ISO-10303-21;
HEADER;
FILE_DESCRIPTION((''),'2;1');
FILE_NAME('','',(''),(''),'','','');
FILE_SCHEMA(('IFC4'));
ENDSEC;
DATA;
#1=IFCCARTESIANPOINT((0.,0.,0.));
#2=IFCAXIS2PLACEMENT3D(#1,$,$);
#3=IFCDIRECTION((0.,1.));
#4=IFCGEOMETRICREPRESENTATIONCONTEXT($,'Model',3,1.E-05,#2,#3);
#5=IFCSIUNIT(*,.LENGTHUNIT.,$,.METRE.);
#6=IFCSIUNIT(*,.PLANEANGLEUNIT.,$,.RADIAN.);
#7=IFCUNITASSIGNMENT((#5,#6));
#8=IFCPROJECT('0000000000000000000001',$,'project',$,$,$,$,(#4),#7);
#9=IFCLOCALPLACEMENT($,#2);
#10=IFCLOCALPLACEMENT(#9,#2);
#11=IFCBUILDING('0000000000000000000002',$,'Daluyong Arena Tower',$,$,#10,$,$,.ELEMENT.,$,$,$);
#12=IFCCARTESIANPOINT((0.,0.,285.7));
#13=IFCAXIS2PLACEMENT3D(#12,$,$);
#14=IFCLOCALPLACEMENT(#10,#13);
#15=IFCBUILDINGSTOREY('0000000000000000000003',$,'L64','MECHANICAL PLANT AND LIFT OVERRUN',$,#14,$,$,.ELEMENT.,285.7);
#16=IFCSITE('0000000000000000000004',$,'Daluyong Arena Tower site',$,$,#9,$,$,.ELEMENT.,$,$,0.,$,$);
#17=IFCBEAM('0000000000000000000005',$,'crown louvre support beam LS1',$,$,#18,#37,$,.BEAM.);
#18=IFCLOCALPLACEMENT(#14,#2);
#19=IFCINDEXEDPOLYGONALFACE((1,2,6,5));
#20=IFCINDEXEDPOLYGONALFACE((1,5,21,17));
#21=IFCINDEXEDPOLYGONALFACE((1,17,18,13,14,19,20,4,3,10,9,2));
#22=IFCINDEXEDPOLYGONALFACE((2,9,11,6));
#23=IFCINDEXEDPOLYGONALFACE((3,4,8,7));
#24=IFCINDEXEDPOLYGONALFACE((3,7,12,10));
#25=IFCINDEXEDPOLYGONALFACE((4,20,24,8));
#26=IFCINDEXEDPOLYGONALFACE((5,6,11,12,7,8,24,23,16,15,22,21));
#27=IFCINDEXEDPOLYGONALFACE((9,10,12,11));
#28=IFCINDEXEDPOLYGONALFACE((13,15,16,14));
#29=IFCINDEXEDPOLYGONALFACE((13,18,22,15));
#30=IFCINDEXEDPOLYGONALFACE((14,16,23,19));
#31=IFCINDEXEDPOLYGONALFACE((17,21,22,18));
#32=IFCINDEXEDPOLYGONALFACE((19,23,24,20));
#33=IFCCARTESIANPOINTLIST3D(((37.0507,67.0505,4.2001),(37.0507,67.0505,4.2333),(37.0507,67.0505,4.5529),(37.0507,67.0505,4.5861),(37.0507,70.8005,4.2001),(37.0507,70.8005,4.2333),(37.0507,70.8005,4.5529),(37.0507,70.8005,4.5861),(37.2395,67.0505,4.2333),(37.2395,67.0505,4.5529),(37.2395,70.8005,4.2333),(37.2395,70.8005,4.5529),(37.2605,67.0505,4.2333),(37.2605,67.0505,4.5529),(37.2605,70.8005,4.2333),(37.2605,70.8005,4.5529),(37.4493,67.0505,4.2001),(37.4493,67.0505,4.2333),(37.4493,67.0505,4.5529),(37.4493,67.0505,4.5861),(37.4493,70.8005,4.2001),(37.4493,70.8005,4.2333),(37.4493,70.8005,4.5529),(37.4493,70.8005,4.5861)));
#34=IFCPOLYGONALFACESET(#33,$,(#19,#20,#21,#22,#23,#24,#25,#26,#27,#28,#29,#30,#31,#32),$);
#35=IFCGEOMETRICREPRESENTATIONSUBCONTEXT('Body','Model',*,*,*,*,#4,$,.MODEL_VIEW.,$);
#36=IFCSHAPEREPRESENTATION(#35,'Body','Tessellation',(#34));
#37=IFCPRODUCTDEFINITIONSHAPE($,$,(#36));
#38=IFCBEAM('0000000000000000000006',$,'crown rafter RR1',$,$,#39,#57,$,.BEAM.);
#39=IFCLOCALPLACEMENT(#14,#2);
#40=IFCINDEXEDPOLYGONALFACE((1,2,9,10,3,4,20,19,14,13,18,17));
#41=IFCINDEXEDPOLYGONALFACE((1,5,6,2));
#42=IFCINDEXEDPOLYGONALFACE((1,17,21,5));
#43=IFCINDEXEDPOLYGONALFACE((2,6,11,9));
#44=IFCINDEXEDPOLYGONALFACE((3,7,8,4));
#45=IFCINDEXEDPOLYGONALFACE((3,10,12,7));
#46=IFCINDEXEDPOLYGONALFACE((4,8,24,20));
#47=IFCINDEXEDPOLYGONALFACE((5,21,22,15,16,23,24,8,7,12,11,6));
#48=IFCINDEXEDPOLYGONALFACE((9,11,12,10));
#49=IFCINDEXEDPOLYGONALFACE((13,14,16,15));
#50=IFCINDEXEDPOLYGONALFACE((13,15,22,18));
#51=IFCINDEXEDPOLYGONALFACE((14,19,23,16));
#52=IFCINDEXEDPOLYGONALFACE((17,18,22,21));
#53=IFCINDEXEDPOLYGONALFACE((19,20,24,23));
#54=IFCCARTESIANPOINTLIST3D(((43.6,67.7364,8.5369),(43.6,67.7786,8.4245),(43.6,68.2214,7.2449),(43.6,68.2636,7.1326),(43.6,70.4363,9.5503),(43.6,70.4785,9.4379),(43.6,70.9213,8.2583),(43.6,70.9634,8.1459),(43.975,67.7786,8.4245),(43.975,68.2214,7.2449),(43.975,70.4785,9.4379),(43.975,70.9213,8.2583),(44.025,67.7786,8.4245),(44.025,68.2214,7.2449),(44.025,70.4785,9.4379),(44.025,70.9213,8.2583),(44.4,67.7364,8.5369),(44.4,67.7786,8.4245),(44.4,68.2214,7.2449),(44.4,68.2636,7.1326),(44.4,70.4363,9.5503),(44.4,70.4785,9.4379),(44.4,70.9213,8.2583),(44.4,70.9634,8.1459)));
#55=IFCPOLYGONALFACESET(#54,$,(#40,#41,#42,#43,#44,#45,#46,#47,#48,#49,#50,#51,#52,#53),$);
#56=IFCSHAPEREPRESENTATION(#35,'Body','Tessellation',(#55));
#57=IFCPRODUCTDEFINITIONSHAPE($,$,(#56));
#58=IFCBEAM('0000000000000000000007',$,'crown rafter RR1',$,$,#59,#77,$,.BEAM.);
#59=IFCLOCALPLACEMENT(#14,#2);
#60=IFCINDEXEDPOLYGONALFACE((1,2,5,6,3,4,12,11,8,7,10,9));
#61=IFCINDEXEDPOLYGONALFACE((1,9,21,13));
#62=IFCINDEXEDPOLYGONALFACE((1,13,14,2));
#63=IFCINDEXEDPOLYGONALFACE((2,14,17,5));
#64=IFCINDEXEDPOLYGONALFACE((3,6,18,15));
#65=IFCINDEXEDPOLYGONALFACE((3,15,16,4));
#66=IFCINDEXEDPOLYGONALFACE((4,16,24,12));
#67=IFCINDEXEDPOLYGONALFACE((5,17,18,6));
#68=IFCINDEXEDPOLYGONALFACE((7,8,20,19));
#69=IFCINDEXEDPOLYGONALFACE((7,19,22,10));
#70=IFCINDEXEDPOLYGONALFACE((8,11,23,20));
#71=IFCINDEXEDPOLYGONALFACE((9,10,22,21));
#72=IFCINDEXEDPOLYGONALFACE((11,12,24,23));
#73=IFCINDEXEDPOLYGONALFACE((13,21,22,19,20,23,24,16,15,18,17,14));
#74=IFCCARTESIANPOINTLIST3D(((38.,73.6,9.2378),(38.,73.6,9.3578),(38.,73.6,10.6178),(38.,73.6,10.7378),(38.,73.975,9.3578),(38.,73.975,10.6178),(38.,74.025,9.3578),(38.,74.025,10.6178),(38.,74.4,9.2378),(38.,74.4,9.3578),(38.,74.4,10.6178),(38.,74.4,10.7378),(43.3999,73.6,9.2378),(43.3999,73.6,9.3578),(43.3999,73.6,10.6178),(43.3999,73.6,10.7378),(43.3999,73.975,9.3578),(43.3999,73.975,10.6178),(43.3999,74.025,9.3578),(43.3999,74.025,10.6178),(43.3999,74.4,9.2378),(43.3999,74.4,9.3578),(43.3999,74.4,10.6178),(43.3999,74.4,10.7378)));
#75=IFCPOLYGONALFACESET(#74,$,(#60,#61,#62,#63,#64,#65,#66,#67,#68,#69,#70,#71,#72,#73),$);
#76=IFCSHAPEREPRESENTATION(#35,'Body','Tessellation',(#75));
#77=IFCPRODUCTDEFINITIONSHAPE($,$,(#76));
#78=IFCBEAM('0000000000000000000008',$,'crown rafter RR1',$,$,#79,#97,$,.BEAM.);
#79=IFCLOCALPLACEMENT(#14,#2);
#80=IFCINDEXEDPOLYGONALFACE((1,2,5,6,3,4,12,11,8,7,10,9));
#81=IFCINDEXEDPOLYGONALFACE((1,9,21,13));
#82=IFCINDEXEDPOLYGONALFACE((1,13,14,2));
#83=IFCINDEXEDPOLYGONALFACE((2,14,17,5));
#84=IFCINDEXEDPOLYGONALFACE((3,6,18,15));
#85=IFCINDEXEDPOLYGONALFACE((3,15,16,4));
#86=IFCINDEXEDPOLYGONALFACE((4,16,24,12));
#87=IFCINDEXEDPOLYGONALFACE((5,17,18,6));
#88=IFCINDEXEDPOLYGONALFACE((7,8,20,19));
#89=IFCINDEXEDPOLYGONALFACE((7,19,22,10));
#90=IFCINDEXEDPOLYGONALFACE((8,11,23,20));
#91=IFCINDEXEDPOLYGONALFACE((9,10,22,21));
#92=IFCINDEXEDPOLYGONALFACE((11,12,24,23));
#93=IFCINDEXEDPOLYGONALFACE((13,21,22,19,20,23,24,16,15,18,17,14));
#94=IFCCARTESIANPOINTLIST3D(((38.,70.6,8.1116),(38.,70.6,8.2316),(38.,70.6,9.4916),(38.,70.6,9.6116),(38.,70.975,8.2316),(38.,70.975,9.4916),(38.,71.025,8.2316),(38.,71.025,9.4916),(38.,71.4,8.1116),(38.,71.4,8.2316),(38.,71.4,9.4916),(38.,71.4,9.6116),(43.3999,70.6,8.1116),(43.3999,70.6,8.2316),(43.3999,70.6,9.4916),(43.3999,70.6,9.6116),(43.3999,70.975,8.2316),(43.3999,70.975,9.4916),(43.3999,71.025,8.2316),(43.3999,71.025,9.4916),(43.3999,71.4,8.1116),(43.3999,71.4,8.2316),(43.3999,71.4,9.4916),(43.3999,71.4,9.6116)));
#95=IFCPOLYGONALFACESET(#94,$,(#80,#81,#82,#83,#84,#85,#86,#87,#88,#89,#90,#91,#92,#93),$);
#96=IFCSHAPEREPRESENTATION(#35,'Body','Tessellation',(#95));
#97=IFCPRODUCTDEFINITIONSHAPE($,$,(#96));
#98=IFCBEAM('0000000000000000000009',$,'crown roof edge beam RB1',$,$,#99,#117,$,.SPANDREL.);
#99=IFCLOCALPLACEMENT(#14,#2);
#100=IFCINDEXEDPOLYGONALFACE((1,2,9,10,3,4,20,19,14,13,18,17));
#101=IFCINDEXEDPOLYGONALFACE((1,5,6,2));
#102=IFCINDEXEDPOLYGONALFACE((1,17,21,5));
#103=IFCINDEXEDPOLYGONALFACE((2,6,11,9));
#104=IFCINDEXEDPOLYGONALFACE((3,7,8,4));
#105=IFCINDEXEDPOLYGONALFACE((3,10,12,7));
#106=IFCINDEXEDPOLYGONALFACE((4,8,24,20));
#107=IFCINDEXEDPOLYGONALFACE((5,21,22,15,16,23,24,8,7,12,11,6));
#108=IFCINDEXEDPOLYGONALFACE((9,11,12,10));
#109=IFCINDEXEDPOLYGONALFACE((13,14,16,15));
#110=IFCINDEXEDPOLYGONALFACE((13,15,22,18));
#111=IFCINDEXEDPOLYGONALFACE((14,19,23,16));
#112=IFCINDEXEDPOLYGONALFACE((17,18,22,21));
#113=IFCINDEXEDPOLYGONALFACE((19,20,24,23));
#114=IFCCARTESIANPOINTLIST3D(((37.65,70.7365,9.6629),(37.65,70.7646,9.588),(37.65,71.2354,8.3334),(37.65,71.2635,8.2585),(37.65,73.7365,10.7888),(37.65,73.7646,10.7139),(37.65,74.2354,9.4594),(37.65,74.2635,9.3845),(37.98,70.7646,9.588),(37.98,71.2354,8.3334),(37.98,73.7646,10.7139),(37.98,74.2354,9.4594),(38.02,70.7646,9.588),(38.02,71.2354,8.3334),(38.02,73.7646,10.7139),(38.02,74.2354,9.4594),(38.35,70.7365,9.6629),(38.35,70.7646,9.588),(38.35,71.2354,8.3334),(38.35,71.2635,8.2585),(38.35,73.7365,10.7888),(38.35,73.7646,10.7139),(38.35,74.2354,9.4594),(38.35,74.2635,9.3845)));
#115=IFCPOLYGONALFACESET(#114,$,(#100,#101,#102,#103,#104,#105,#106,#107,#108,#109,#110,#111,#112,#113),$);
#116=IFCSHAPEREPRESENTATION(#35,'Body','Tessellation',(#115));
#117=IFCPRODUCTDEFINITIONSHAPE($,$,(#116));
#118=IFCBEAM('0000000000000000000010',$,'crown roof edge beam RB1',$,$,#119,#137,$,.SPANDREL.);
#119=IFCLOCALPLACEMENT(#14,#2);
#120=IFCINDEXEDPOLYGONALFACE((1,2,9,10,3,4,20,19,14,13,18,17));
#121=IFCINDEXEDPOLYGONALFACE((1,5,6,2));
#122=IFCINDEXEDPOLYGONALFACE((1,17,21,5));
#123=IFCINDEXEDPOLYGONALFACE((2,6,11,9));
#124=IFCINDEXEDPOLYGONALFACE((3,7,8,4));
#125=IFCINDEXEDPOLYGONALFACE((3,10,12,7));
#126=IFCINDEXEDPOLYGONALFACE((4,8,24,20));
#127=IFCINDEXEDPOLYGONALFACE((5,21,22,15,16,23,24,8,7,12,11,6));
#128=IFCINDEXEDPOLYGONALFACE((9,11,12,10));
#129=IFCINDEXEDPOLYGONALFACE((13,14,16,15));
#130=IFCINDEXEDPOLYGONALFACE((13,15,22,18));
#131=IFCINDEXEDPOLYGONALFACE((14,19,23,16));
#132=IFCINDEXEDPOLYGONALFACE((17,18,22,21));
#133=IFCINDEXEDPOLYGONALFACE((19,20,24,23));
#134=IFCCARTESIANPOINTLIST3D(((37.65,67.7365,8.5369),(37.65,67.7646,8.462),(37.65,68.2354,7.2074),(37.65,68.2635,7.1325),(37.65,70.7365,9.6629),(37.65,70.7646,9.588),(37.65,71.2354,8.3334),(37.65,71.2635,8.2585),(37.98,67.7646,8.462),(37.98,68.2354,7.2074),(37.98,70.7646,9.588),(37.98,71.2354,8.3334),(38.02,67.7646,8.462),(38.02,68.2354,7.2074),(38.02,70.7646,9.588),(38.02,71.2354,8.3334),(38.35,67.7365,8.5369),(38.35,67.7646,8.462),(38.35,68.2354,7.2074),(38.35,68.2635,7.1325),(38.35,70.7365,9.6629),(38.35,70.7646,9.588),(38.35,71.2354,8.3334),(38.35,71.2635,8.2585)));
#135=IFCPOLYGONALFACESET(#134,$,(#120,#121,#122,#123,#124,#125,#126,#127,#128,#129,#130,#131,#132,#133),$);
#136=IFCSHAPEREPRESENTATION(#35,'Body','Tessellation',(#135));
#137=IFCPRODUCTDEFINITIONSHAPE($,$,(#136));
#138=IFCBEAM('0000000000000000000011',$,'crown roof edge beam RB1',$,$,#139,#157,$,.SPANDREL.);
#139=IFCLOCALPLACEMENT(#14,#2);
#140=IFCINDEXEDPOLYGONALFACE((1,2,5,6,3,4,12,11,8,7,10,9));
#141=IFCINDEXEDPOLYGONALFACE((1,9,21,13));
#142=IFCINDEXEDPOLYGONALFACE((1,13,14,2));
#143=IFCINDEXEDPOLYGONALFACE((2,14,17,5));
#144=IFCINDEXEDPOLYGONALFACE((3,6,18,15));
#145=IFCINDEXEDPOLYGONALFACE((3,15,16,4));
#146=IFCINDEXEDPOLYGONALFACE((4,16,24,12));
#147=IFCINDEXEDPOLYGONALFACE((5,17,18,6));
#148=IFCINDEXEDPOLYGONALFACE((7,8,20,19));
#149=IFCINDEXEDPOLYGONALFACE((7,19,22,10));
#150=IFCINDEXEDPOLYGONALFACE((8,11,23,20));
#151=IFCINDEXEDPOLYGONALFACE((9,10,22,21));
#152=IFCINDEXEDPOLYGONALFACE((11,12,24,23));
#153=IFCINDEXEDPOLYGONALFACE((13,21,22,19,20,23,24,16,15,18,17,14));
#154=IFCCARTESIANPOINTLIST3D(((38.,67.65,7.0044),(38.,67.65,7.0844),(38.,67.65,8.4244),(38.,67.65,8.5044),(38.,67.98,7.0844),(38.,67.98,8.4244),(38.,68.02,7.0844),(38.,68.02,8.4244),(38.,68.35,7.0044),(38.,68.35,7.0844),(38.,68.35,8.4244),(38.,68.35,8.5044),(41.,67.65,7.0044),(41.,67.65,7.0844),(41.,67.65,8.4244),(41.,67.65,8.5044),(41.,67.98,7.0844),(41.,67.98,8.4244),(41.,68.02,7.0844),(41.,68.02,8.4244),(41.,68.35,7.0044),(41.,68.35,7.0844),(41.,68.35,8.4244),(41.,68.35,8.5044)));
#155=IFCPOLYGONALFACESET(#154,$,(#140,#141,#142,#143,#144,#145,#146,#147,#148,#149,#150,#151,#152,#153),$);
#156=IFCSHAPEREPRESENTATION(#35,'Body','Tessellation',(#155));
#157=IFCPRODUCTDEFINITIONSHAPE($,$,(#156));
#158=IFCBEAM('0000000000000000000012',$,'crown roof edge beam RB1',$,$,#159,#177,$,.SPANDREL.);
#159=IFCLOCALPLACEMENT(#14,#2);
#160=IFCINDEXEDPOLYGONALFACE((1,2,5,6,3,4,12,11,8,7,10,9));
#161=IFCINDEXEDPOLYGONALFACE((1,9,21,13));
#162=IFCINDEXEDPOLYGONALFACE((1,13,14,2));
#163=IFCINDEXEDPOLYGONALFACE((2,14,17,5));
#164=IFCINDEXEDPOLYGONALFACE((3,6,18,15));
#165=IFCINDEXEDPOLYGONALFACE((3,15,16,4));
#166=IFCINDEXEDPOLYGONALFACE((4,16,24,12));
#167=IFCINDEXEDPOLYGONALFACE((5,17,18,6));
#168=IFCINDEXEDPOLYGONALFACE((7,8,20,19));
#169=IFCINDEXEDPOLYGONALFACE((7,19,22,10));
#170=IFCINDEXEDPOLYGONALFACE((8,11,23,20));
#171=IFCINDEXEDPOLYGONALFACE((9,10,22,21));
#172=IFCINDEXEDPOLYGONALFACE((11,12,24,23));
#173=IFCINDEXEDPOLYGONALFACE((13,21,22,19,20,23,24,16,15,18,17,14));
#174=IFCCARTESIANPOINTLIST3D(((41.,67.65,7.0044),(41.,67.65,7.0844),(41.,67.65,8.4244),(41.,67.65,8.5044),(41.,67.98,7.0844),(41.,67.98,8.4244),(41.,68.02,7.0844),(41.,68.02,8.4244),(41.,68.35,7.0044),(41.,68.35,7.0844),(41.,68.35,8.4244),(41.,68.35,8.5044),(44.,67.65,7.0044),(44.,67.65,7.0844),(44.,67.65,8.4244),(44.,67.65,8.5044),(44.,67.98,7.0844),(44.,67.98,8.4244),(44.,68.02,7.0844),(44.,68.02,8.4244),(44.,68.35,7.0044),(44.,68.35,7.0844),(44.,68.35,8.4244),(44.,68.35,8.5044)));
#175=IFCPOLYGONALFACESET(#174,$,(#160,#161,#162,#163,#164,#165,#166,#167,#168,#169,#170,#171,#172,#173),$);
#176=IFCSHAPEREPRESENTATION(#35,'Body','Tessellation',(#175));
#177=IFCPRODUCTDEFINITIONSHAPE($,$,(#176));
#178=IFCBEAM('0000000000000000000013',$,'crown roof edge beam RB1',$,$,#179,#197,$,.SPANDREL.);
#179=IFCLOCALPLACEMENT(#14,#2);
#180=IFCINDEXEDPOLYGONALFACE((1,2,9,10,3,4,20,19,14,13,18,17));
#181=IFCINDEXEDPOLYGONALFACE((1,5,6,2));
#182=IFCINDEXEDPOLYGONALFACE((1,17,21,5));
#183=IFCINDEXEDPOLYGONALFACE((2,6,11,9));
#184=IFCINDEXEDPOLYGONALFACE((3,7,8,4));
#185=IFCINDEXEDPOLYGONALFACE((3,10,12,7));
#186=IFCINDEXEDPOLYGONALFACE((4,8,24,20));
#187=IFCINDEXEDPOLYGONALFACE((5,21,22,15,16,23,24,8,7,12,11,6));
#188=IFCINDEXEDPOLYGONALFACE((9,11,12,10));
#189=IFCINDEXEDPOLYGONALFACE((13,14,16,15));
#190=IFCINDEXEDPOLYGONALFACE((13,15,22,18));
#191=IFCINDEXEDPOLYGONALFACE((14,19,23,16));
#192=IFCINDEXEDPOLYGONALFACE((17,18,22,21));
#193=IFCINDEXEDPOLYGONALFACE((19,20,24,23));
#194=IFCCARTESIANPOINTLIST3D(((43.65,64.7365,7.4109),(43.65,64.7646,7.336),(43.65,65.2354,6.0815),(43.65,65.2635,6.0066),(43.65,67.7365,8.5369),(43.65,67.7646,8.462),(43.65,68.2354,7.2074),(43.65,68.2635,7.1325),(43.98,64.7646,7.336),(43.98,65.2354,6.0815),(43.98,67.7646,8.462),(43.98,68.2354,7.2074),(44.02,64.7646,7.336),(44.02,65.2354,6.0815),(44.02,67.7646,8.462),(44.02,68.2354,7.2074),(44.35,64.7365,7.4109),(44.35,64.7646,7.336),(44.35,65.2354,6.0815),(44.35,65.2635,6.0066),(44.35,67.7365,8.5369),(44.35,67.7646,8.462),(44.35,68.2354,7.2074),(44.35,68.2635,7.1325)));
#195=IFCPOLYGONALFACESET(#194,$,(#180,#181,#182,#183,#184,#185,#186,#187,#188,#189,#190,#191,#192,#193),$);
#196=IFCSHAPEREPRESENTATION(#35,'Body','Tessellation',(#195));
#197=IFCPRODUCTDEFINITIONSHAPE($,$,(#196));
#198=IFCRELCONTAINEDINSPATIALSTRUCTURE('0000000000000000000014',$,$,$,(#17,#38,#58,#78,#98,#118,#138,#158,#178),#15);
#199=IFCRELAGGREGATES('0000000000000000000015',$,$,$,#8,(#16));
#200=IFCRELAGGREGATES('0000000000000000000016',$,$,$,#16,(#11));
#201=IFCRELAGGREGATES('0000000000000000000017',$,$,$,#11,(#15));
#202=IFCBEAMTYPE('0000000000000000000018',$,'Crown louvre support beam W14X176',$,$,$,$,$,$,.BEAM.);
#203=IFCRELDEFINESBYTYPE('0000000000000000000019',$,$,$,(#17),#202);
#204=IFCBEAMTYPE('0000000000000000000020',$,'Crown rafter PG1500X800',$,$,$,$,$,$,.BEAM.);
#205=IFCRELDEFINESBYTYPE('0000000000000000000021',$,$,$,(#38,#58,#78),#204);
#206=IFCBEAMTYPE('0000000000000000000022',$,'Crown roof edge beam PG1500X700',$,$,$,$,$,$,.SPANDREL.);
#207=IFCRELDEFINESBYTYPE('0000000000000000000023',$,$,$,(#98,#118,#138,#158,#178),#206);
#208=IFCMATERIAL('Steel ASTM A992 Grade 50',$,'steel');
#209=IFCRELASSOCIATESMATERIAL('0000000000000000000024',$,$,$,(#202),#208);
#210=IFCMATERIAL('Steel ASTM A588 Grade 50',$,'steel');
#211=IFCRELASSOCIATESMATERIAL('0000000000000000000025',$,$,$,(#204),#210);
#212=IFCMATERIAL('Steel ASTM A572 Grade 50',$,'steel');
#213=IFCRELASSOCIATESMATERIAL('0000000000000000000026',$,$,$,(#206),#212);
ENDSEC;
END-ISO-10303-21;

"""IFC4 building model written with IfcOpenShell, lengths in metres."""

from ifc_helpers import new_model, si_unit, direction, frame, origin, origin_2d, place, context, subcontext, project, spatial, i_section, extrude, material, material_profile, profile_set, type_object, element, save


model = new_model("IFC4")

# Units and contexts
model_context = context("Model", 3, precision=1e-05, world=origin(), true_north=direction((0.0, 1.0)))
body_context = subcontext(model_context, "Body", "Model", "MODEL_VIEW")
ifc_project = project(units=[si_unit("LENGTHUNIT", "METRE"), si_unit("PLANEANGLEUNIT", "RADIAN")], contexts=[model_context])

# Site, building, storey
site_placement = place(None, origin())
site = spatial("IfcSite", under=ifc_project, at=site_placement, Name="Daluyong Arena Tower site", CompositionType="ELEMENT", RefElevation=0.0)
building_placement = place(site_placement, origin())
building = spatial("IfcBuilding", under=site, at=building_placement, Name="Daluyong Arena Tower", CompositionType="ELEMENT")
storey_placement = place(building_placement, frame((0.0, 0.0, 285.7)))
storey = spatial("IfcBuildingStorey", under=building, at=storey_placement, Name="L64", Description="MECHANICAL PLANT AND LIFT OVERRUN", CompositionType="ELEMENT", Elevation=285.7)

# Beams
ifc_material_1 = material(Name="Steel ASTM A992 Grade 50", Category="steel")
ifc_material_profile_1 = material_profile(ifc_material_1, i_section(OverallWidth=0.3987, OverallDepth=0.386, WebThickness=0.021, FlangeThickness=0.0332, at=origin_2d()))
ifc_profile_set_1 = profile_set([ifc_material_profile_1], Name="Steel ASTM A992 Grade 50")
beam_type_1 = type_object("IfcBeamType", Name="Crown louvre support beam W14X176", PredefinedType="BEAM", material=ifc_profile_set_1)
beam_1_placement = place(storey_placement, frame((37.25, 70.8005, 4.3931), z_axis=(0.0, -1.0, 0.0), x_axis=(1.0, 0.0, 0.0)))
element("IfcBeam", 1, at=beam_1_placement, inside=storey, type_object=beam_type_1, Name="crown louvre support beam LS1", PredefinedType="BEAM", context=body_context, shape_type="SweptSolid", body=[
    extrude(i_section(OverallWidth=0.3987, OverallDepth=0.386, WebThickness=0.021, FlangeThickness=0.0332, at=origin_2d()), origin(), (0.0, 0.0, 1.0), 3.75),
])
ifc_material_2 = material(Name="Steel ASTM A588 Grade 50", Category="steel")
ifc_material_profile_2 = material_profile(ifc_material_2, i_section(OverallWidth=0.8, OverallDepth=1.5, WebThickness=0.05, FlangeThickness=0.12, at=origin_2d()))
ifc_profile_set_2 = profile_set([ifc_material_profile_2], Name="Steel ASTM A588 Grade 50")
beam_type_2 = type_object("IfcBeamType", Name="Crown rafter PG1500X800", PredefinedType="BEAM", material=ifc_profile_set_2)
beam_2_placement = place(storey_placement, frame((44.0, 68.0, 7.8347), z_axis=(0.0, 0.936221, 0.351411), x_axis=(-1.0, 0.0, 0.0)))
element("IfcBeam", 2, at=beam_2_placement, inside=storey, type_object=beam_type_2, Name="crown rafter RR1", PredefinedType="BEAM", context=body_context, shape_type="SweptSolid", body=[
    extrude(i_section(OverallWidth=0.8, OverallDepth=1.5, WebThickness=0.05, FlangeThickness=0.12, at=origin_2d()), origin(), (0.0, 0.0, 1.0), 2.8838),
])
for number, where, z_axis, x_axis, name in (
    (3, (38.0, 74.0, 9.9878), (1.0, 0.0, 0.0), (0.0, 1.0, 0.0), "crown rafter RR1"),
    (4, (38.0, 71.0, 8.8616), (1.0, 0.0, 0.0), (0.0, 1.0, 0.0), "crown rafter RR1"),
):
    element("IfcBeam", number, at=place(storey_placement, frame(where, z_axis=z_axis, x_axis=x_axis)), inside=storey, type_object=beam_type_2, Name=name, PredefinedType="BEAM", context=body_context, shape_type="SweptSolid", body=[
        extrude(i_section(OverallWidth=0.8, OverallDepth=1.5, WebThickness=0.05, FlangeThickness=0.12, at=origin_2d()), origin(), (0.0, 0.0, 1.0), 5.3999),
    ])
ifc_material_3 = material(Name="Steel ASTM A572 Grade 50", Category="steel")
ifc_material_profile_3 = material_profile(ifc_material_3, i_section(OverallWidth=0.7, OverallDepth=1.5, WebThickness=0.04, FlangeThickness=0.08, at=origin_2d()))
ifc_profile_set_3 = profile_set([ifc_material_profile_3], Name="Steel ASTM A572 Grade 50")
beam_type_3 = type_object("IfcBeamType", Name="Crown roof edge beam PG1500X700", PredefinedType="SPANDREL", material=ifc_profile_set_3)
for number, where, z_axis, x_axis, name in (
    (5, (38.0, 74.0, 10.0867), (0.0, -0.936229, -0.351391), (1.0, 0.0, 0.0), "crown roof edge beam RB1"),
    (6, (38.0, 71.0, 8.9607), (0.0, -0.936229, -0.351391), (1.0, 0.0, 0.0), "crown roof edge beam RB1"),
):
    element("IfcBeam", number, at=place(storey_placement, frame(where, z_axis=z_axis, x_axis=x_axis)), inside=storey, type_object=beam_type_3, Name=name, PredefinedType="SPANDREL", context=body_context, shape_type="SweptSolid", body=[
        extrude(i_section(OverallWidth=0.7, OverallDepth=1.5, WebThickness=0.04, FlangeThickness=0.08, at=origin_2d()), origin(), (0.0, 0.0, 1.0), 3.2043),
    ])
for number, where, z_axis, x_axis, name in (
    (7, (38.0, 68.0, 7.7544), (1.0, 0.0, 0.0), (0.0, 1.0, 0.0), "crown roof edge beam RB1"),
    (8, (41.0, 68.0, 7.7544), (1.0, 0.0, 0.0), (0.0, 1.0, 0.0), "crown roof edge beam RB1"),
):
    element("IfcBeam", number, at=place(storey_placement, frame(where, z_axis=z_axis, x_axis=x_axis)), inside=storey, type_object=beam_type_3, Name=name, PredefinedType="SPANDREL", context=body_context, shape_type="SweptSolid", body=[
        extrude(i_section(OverallWidth=0.7, OverallDepth=1.5, WebThickness=0.04, FlangeThickness=0.08, at=origin_2d()), origin(), (0.0, 0.0, 1.0), 3.0),
    ])
beam_3_placement = place(storey_placement, frame((44.0, 68.0, 7.8347), z_axis=(0.0, -0.936229, -0.351391), x_axis=(1.0, 0.0, 0.0)))
element("IfcBeam", 9, at=beam_3_placement, inside=storey, type_object=beam_type_3, Name="crown roof edge beam RB1", PredefinedType="SPANDREL", context=body_context, shape_type="SweptSolid", body=[
    extrude(i_section(OverallWidth=0.7, OverallDepth=1.5, WebThickness=0.04, FlangeThickness=0.08, at=origin_2d()), origin(), (0.0, 0.0, 1.0), 3.2043),
])

save(model, "model.ifc")
